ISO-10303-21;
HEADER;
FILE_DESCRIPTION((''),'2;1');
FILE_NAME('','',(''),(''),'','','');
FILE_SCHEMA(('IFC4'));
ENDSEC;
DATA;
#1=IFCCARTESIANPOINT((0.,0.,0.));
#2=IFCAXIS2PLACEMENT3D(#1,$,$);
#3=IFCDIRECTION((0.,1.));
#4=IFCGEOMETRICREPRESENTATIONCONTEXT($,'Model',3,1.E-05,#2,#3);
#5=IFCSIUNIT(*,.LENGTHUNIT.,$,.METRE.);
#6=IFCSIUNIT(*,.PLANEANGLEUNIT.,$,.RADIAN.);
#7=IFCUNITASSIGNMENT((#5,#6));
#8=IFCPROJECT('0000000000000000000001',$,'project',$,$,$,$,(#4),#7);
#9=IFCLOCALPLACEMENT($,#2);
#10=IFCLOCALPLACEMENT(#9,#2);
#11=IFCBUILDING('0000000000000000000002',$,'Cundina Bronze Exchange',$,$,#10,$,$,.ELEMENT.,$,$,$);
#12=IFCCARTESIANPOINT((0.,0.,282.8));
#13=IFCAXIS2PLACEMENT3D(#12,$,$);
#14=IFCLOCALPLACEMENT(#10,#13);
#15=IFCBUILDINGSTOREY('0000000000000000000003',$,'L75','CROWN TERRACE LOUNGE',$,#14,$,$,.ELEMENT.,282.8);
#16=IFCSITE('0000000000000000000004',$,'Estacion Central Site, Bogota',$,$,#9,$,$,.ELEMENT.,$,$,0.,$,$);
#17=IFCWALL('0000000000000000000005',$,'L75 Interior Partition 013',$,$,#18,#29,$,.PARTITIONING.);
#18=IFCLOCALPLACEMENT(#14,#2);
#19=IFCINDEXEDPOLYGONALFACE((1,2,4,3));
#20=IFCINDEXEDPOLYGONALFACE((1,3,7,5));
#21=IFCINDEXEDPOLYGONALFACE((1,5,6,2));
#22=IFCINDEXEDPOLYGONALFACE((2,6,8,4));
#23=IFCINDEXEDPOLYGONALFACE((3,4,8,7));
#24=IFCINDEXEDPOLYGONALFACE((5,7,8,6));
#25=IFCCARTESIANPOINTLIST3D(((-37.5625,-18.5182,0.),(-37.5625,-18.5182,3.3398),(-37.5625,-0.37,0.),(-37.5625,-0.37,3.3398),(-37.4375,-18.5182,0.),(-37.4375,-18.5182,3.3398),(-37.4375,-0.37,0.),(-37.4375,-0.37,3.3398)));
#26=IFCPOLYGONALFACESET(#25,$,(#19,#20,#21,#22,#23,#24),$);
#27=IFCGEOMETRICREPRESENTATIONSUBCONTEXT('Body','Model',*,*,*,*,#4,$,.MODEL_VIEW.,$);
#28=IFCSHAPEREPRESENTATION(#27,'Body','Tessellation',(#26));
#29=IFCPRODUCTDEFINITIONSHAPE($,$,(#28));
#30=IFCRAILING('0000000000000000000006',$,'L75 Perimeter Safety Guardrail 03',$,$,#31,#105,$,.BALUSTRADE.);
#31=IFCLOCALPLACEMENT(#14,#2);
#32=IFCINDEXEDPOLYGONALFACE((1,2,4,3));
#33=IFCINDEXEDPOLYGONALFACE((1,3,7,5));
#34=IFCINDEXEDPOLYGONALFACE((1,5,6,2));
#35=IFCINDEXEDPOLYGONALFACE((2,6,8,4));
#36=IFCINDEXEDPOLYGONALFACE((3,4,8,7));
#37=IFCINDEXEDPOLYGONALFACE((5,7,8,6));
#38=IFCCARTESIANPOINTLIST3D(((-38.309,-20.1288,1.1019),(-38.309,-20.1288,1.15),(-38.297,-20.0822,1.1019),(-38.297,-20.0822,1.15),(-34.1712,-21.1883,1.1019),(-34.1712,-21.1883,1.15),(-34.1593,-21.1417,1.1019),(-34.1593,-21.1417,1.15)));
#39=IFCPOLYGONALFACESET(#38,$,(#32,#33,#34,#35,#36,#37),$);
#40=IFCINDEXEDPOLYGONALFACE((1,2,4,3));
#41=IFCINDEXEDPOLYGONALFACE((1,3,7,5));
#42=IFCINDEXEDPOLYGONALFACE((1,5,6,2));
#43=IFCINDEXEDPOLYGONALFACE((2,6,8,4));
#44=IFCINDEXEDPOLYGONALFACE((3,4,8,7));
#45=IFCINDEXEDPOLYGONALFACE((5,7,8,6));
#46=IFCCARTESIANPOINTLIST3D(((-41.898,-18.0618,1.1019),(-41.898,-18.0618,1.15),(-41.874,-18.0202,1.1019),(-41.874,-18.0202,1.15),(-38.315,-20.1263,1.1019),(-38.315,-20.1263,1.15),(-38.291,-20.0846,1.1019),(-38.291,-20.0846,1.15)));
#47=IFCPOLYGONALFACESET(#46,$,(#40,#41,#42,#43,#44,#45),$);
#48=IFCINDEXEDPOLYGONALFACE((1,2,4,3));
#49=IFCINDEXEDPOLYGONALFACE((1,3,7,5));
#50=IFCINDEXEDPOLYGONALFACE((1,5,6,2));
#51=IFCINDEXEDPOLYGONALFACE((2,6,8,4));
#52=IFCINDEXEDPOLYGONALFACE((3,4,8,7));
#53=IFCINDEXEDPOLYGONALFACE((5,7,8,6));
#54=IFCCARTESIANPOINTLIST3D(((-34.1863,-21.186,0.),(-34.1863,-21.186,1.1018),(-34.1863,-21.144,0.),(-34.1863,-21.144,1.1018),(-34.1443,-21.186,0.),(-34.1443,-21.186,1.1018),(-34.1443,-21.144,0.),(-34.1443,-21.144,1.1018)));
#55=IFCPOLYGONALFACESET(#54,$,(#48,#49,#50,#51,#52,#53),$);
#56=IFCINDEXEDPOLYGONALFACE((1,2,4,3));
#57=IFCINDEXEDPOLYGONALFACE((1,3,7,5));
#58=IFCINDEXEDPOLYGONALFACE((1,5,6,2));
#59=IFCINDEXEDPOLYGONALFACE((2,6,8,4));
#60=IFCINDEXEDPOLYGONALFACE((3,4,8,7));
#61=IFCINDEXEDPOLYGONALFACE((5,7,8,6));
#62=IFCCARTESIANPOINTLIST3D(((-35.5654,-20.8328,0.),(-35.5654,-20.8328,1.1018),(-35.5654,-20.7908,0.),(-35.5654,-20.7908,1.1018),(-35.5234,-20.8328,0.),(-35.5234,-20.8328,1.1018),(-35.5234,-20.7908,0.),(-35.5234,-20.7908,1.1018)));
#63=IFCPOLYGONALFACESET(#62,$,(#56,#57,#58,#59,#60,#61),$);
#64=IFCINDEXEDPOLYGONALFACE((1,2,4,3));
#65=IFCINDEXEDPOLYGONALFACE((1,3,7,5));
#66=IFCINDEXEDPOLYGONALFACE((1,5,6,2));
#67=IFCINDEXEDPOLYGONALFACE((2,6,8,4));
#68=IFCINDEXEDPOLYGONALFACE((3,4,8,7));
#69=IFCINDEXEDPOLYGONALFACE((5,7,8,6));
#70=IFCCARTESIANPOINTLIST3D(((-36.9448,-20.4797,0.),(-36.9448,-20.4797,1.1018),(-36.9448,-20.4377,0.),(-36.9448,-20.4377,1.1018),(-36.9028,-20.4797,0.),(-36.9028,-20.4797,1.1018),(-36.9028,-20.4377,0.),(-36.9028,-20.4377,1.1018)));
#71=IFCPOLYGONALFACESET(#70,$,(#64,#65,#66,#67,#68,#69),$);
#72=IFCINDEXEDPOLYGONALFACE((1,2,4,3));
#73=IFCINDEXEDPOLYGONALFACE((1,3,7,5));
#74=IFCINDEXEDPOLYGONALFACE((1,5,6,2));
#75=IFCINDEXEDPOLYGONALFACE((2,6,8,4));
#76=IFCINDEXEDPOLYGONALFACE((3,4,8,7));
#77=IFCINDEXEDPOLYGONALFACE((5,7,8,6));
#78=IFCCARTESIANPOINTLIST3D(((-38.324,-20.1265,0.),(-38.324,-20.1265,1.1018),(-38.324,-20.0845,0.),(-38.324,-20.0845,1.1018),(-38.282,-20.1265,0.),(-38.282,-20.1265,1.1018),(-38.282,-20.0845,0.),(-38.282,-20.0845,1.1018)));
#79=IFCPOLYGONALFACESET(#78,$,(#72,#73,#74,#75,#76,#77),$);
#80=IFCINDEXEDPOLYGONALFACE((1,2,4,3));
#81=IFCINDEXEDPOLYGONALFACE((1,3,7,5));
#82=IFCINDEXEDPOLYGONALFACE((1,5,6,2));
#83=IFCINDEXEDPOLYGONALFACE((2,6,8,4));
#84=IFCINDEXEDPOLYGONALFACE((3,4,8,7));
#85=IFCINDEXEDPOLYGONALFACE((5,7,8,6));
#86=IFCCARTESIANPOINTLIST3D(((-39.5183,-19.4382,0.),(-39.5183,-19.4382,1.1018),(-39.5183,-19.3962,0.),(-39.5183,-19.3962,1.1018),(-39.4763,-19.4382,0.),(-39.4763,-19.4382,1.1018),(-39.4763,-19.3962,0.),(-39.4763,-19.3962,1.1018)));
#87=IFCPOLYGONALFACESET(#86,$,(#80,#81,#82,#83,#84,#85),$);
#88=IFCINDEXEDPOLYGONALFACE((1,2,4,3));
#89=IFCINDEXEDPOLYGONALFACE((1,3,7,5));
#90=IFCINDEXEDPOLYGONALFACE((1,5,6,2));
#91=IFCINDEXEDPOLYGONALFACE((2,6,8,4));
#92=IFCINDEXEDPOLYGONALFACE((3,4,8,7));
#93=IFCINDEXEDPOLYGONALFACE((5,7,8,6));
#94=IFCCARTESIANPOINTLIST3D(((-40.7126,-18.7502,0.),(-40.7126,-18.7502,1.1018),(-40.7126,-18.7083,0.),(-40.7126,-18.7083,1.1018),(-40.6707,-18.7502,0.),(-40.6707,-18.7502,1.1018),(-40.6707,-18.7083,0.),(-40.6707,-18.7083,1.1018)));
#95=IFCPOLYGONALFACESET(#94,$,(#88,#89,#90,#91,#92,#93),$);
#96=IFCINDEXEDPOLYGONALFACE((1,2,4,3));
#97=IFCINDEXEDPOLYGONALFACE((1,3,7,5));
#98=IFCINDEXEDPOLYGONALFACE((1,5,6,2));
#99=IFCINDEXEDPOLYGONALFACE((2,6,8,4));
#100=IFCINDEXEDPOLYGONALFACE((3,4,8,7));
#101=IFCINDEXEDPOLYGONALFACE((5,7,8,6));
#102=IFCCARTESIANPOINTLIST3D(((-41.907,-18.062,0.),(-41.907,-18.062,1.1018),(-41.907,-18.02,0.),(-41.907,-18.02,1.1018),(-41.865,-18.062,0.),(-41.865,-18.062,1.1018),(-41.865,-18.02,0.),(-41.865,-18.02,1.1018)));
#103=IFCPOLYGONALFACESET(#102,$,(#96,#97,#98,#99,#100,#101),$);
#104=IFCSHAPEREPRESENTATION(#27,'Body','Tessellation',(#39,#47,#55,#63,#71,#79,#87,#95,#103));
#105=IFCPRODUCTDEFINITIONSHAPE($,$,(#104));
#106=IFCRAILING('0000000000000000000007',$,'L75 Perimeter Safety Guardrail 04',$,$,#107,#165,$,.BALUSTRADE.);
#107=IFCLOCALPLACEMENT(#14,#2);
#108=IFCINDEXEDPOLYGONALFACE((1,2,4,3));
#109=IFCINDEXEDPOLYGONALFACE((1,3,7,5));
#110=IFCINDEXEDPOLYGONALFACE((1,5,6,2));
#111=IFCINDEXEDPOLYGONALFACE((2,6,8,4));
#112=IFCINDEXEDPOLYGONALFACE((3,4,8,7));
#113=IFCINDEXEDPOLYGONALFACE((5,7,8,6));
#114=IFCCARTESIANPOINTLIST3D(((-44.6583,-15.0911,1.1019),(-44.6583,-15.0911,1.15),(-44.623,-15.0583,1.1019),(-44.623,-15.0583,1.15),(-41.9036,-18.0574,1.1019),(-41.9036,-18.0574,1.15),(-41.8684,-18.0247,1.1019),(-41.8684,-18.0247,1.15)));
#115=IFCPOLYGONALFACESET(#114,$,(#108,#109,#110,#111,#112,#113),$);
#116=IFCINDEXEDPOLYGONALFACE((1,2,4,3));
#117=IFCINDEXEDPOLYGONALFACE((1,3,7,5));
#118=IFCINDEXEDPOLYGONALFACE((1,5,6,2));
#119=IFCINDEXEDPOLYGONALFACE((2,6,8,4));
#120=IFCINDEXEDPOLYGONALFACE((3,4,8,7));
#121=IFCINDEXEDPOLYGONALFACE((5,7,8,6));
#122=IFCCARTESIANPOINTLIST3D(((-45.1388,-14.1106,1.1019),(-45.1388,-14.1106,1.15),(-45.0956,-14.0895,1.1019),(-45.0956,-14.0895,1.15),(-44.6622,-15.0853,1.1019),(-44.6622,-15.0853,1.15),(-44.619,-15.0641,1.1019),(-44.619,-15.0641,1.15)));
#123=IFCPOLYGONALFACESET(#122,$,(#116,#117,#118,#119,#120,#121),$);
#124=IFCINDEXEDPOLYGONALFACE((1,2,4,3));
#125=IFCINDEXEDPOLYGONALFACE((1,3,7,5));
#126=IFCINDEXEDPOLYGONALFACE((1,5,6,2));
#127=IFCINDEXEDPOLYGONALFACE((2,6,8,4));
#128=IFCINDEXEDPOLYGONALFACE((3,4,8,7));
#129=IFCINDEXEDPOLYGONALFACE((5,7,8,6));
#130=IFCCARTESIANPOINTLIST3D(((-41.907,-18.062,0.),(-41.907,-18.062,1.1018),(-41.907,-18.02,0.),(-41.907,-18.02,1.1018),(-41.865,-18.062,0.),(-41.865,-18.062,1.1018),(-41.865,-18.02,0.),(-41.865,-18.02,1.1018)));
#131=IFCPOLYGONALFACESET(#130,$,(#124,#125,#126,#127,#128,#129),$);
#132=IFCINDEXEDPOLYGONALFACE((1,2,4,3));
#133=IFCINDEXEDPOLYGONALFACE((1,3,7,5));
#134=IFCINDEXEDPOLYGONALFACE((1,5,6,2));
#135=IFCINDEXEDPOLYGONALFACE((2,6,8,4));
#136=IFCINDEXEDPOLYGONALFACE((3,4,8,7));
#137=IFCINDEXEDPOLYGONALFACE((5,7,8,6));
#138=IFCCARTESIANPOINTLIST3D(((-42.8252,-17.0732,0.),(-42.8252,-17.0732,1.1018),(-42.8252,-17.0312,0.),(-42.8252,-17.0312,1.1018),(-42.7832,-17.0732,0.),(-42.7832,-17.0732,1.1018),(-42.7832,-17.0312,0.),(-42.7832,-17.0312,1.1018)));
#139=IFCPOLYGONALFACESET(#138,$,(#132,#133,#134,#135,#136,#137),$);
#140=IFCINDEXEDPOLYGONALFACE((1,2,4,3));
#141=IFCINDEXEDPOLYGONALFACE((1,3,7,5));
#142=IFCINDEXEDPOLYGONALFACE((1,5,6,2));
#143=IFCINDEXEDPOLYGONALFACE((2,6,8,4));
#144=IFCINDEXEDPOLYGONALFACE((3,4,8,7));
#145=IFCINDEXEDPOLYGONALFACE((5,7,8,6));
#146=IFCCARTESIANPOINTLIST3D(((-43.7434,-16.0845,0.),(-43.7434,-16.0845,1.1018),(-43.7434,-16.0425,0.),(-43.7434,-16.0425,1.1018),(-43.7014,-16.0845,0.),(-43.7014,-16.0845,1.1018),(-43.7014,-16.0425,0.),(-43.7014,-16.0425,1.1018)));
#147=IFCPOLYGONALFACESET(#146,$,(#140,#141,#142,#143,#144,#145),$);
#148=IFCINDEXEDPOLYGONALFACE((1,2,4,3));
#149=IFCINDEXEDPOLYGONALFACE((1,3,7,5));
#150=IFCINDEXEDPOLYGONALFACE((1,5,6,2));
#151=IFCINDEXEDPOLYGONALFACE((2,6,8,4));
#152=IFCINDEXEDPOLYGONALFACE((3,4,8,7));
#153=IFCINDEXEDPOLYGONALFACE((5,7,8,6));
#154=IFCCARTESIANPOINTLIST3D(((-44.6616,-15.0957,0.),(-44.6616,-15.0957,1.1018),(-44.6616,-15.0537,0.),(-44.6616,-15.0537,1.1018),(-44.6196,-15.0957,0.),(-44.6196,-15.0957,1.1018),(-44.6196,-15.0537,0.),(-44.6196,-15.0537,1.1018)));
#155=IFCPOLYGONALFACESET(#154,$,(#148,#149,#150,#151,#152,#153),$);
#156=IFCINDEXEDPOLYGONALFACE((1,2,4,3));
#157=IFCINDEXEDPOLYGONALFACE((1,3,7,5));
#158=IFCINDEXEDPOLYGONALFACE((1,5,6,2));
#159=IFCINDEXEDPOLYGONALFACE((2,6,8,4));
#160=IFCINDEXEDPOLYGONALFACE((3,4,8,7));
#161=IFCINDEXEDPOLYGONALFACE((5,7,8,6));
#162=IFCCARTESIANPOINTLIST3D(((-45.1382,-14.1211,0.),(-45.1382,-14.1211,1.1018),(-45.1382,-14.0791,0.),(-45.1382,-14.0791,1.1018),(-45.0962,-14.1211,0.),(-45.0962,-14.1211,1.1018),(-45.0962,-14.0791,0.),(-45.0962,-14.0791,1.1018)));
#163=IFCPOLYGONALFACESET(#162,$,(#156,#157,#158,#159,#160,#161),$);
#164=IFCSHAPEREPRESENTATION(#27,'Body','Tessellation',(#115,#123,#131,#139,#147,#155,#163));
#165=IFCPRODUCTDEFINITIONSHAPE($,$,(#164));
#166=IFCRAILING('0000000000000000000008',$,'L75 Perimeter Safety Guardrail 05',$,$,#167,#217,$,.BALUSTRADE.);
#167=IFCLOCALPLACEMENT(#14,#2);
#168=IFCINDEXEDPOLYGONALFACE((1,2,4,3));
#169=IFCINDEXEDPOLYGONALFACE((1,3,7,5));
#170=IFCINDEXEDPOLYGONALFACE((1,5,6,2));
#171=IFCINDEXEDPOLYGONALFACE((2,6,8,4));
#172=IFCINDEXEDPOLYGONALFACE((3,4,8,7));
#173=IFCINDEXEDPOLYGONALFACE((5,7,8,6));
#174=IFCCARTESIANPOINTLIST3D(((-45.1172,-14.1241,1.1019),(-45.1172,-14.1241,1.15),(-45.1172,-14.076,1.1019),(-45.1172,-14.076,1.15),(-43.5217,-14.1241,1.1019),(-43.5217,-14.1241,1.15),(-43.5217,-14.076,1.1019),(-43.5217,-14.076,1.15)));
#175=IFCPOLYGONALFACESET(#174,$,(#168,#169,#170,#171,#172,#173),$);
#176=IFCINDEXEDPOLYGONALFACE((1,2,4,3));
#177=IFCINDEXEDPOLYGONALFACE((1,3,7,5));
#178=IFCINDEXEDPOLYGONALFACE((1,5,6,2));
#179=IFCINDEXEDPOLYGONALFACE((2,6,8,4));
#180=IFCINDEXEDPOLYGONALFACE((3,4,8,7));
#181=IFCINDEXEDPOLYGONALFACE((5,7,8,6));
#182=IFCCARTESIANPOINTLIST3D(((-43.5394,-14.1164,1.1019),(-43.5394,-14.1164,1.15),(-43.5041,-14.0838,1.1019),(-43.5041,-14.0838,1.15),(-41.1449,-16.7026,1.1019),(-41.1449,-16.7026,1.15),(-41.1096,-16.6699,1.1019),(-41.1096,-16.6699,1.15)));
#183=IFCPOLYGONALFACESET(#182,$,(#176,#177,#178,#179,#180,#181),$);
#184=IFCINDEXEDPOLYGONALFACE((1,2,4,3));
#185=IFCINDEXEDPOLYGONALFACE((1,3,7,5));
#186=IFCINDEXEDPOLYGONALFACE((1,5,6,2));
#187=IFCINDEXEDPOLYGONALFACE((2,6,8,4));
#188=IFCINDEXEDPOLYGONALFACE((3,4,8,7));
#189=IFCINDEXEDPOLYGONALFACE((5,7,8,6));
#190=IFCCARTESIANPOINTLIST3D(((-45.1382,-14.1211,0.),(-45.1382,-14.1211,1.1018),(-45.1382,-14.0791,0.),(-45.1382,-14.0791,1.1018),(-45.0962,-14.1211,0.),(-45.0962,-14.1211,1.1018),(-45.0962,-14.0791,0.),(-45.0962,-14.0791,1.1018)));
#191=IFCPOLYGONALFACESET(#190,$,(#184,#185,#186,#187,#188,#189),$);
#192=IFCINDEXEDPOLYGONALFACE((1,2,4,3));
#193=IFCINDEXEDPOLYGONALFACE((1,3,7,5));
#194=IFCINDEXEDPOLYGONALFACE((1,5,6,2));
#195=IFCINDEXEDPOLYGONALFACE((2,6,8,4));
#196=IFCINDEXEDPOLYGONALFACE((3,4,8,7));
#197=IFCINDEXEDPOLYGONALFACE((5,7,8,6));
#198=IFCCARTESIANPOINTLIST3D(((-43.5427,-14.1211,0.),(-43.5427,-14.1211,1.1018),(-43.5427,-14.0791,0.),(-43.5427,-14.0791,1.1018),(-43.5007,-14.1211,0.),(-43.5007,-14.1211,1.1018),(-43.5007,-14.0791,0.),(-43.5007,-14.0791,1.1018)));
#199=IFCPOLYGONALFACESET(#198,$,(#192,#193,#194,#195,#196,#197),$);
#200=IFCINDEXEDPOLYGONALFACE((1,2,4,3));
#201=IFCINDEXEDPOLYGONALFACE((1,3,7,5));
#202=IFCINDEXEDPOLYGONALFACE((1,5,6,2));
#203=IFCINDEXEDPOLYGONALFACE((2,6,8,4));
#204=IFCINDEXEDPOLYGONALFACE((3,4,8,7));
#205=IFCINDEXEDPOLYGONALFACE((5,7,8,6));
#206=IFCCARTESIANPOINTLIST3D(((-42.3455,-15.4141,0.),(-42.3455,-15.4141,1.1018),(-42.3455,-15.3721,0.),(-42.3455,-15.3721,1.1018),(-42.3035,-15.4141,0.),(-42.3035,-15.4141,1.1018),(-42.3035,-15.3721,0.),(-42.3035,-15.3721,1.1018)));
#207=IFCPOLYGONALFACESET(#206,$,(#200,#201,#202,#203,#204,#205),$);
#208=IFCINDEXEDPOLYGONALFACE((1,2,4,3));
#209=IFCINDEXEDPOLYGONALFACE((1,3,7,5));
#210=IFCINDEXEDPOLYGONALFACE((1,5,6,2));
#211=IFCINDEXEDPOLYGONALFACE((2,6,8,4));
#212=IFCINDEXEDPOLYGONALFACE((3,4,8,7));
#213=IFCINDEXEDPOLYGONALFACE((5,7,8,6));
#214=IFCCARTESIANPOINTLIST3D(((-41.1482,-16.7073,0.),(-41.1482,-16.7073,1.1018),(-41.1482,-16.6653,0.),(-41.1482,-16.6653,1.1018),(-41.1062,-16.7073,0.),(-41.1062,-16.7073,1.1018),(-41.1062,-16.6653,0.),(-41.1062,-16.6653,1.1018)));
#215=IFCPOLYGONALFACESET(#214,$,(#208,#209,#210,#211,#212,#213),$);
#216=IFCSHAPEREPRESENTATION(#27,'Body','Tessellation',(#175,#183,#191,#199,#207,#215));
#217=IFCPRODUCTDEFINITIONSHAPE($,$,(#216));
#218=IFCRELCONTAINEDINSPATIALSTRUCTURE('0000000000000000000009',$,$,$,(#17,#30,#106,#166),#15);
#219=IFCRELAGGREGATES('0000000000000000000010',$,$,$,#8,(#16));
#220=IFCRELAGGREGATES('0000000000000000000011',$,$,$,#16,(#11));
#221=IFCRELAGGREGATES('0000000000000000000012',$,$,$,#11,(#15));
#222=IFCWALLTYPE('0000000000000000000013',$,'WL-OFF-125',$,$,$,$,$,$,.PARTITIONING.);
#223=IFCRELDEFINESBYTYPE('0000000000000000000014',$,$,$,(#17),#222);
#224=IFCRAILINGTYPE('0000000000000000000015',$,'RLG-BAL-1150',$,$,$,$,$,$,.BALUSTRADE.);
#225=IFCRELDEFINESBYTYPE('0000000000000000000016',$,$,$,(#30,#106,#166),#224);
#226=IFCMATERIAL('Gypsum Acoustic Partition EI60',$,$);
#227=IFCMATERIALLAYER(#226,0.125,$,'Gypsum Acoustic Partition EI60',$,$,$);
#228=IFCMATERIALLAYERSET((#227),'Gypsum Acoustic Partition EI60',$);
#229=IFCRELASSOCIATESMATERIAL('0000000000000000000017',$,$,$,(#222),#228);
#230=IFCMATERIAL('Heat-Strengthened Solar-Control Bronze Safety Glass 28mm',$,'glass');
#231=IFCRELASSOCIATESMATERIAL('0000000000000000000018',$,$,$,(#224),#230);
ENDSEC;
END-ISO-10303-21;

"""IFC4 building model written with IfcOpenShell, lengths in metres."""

from ifc_helpers import new_model, si_unit, direction, frame, frame_2d, origin, origin_2d, place, context, subcontext, project, spatial, rectangle, extrude, material, layer, layer_set, type_object, element, save


model = new_model("IFC4")

# Units and contexts
model_context = context("Model", 3, precision=1e-05, world=origin(), true_north=direction((0.0, 1.0)))
body_context = subcontext(model_context, "Body", "Model", "MODEL_VIEW")
ifc_project = project(units=[si_unit("LENGTHUNIT", "METRE"), si_unit("PLANEANGLEUNIT", "RADIAN")], contexts=[model_context])

# Site, building, storey
site_placement = place(None, origin())
site = spatial("IfcSite", under=ifc_project, at=site_placement, Name="Estacion Central Site, Bogota", CompositionType="ELEMENT", RefElevation=0.0)
building_placement = place(site_placement, origin())
building = spatial("IfcBuilding", under=site, at=building_placement, Name="Cundina Bronze Exchange", CompositionType="ELEMENT")
storey_placement = place(building_placement, frame((0.0, 0.0, 282.8)))
storey = spatial("IfcBuildingStorey", under=building, at=storey_placement, Name="L75", Description="CROWN TERRACE LOUNGE", CompositionType="ELEMENT", Elevation=282.8)

# Wall
ifc_material_1 = material(Name="Gypsum Acoustic Partition EI60")
ifc_layer_1 = layer(ifc_material_1, 0.125, Name="Gypsum Acoustic Partition EI60")
ifc_layer_set_1 = layer_set([ifc_layer_1], Name="Gypsum Acoustic Partition EI60")
wall_type_1 = type_object("IfcWallType", Name="WL-OFF-125", PredefinedType="PARTITIONING", material=ifc_layer_set_1)
wall_1_placement = place(storey_placement, frame((-37.5, -18.5183, 0.0), z_axis=(0.0, 0.0, 1.0), x_axis=(0.0, 1.0, 0.0)))
element("IfcWall", 1, at=wall_1_placement, inside=storey, type_object=wall_type_1, Name="L75 Interior Partition 013", PredefinedType="PARTITIONING", context=body_context, shape_type="SweptSolid", body=[
    extrude(rectangle(XDim=18.1482, YDim=0.125, at=frame_2d((9.0742, 0.0))), origin(), (0.0, 0.0, 1.0), 3.3398),
])

# Railings
ifc_material_2 = material(Name="Heat-Strengthened Solar-Control Bronze Safety Glass 28mm", Category="glass")
railing_type = type_object("IfcRailingType", Name="RLG-BAL-1150", PredefinedType="BALUSTRADE", material=ifc_material_2)
railing_1_placement = place(storey_placement, frame((-34.1653, -21.165, 0.0)))
element("IfcRailing", 2, at=railing_1_placement, inside=storey, type_object=railing_type, Name="L75 Perimeter Safety Guardrail 03", PredefinedType="BALUSTRADE", context=body_context, shape_type="SweptSolid", body=[
    extrude(rectangle(XDim=0.0481, YDim=0.0481, at=origin_2d()), frame((0.0, 0.0, 1.126), z_axis=(-0.968741, 0.248073, 0.0), x_axis=(-0.248073, -0.968741, 0.0)), (0.0, 0.0, 1.0), 4.2712),
    extrude(rectangle(XDim=0.0481, YDim=0.0481, at=origin_2d()), frame((-4.1377, 1.0596, 1.126), z_axis=(-0.866465, 0.499239, 0.0), x_axis=(-0.499239, -0.866465, 0.0)), (0.0, 0.0, 1.0), 4.1353),
    extrude(rectangle(XDim=0.042, YDim=0.042, at=origin_2d()), origin(), (0.0, 0.0, 1.0), 1.1018),
    extrude(rectangle(XDim=0.042, YDim=0.042, at=origin_2d()), frame((-1.3792, 0.3533, 0.0)), (0.0, 0.0, 1.0), 1.1018),
    extrude(rectangle(XDim=0.042, YDim=0.042, at=origin_2d()), frame((-2.7585, 0.7063, 0.0)), (0.0, 0.0, 1.0), 1.1018),
    extrude(rectangle(XDim=0.042, YDim=0.042, at=origin_2d()), frame((-4.1377, 1.0596, 0.0)), (0.0, 0.0, 1.0), 1.1018),
    extrude(rectangle(XDim=0.042, YDim=0.042, at=origin_2d()), frame((-5.332, 1.7478, 0.0)), (0.0, 0.0, 1.0), 1.1018),
    extrude(rectangle(XDim=0.042, YDim=0.042, at=origin_2d()), frame((-6.5264, 2.4358, 0.0)), (0.0, 0.0, 1.0), 1.1018),
    extrude(rectangle(XDim=0.042, YDim=0.042, at=origin_2d()), frame((-7.7207, 3.124, 0.0)), (0.0, 0.0, 1.0), 1.1018),
])
railing_2_placement = place(storey_placement, frame((-41.886, -18.041, 0.0)))
element("IfcRailing", 3, at=railing_2_placement, inside=storey, type_object=railing_type, Name="L75 Perimeter Safety Guardrail 04", PredefinedType="BALUSTRADE", context=body_context, shape_type="SweptSolid", body=[
    extrude(rectangle(XDim=0.0481, YDim=0.0481, at=origin_2d()), frame((0.0, 0.0, 1.126), z_axis=(-0.680479, 0.732768, 0.0), x_axis=(-0.732768, -0.680479, 0.0)), (0.0, 0.0, 1.0), 4.0481),
    extrude(rectangle(XDim=0.0481, YDim=0.0481, at=origin_2d()), frame((-2.7546, 2.9663, 1.126), z_axis=(-0.439275, 0.898353, 0.0), x_axis=(-0.898353, -0.439275, 0.0)), (0.0, 0.0, 1.0), 1.085),
    extrude(rectangle(XDim=0.042, YDim=0.042, at=origin_2d()), origin(), (0.0, 0.0, 1.0), 1.1018),
    extrude(rectangle(XDim=0.042, YDim=0.042, at=origin_2d()), frame((-0.9182, 0.9888, 0.0)), (0.0, 0.0, 1.0), 1.1018),
    extrude(rectangle(XDim=0.042, YDim=0.042, at=origin_2d()), frame((-1.8364, 1.9775, 0.0)), (0.0, 0.0, 1.0), 1.1018),
    extrude(rectangle(XDim=0.042, YDim=0.042, at=origin_2d()), frame((-2.7546, 2.9663, 0.0)), (0.0, 0.0, 1.0), 1.1018),
    extrude(rectangle(XDim=0.042, YDim=0.042, at=origin_2d()), frame((-3.2312, 3.9409, 0.0)), (0.0, 0.0, 1.0), 1.1018),
])
railing_3_placement = place(storey_placement, frame((-45.1172, -14.1001, 0.0)))
element("IfcRailing", 4, at=railing_3_placement, inside=storey, type_object=railing_type, Name="L75 Perimeter Safety Guardrail 05", PredefinedType="BALUSTRADE", context=body_context, shape_type="SweptSolid", body=[
    extrude(rectangle(XDim=0.0481, YDim=0.0481, at=origin_2d()), frame((0.0, 0.0, 1.126), z_axis=(1.0, 0.0, 0.0), x_axis=(0.0, 1.0, 0.0)), (0.0, 0.0, 1.0), 1.5955),
    extrude(rectangle(XDim=0.0481, YDim=0.0481, at=origin_2d()), frame((1.5955, 0.0, 1.126), z_axis=(0.679396, -0.733772, 0.0), x_axis=(0.733772, 0.679396, 0.0)), (0.0, 0.0, 1.0), 3.5244),
    extrude(rectangle(XDim=0.042, YDim=0.042, at=origin_2d()), origin(), (0.0, 0.0, 1.0), 1.1018),
    extrude(rectangle(XDim=0.042, YDim=0.042, at=origin_2d()), frame((1.5955, 0.0, 0.0)), (0.0, 0.0, 1.0), 1.1018),
    extrude(rectangle(XDim=0.042, YDim=0.042, at=origin_2d()), frame((2.7927, -1.293, 0.0)), (0.0, 0.0, 1.0), 1.1018),
    extrude(rectangle(XDim=0.042, YDim=0.042, at=origin_2d()), frame((3.99, -2.5862, 0.0)), (0.0, 0.0, 1.0), 1.1018),
])

save(model, "model.ifc")
